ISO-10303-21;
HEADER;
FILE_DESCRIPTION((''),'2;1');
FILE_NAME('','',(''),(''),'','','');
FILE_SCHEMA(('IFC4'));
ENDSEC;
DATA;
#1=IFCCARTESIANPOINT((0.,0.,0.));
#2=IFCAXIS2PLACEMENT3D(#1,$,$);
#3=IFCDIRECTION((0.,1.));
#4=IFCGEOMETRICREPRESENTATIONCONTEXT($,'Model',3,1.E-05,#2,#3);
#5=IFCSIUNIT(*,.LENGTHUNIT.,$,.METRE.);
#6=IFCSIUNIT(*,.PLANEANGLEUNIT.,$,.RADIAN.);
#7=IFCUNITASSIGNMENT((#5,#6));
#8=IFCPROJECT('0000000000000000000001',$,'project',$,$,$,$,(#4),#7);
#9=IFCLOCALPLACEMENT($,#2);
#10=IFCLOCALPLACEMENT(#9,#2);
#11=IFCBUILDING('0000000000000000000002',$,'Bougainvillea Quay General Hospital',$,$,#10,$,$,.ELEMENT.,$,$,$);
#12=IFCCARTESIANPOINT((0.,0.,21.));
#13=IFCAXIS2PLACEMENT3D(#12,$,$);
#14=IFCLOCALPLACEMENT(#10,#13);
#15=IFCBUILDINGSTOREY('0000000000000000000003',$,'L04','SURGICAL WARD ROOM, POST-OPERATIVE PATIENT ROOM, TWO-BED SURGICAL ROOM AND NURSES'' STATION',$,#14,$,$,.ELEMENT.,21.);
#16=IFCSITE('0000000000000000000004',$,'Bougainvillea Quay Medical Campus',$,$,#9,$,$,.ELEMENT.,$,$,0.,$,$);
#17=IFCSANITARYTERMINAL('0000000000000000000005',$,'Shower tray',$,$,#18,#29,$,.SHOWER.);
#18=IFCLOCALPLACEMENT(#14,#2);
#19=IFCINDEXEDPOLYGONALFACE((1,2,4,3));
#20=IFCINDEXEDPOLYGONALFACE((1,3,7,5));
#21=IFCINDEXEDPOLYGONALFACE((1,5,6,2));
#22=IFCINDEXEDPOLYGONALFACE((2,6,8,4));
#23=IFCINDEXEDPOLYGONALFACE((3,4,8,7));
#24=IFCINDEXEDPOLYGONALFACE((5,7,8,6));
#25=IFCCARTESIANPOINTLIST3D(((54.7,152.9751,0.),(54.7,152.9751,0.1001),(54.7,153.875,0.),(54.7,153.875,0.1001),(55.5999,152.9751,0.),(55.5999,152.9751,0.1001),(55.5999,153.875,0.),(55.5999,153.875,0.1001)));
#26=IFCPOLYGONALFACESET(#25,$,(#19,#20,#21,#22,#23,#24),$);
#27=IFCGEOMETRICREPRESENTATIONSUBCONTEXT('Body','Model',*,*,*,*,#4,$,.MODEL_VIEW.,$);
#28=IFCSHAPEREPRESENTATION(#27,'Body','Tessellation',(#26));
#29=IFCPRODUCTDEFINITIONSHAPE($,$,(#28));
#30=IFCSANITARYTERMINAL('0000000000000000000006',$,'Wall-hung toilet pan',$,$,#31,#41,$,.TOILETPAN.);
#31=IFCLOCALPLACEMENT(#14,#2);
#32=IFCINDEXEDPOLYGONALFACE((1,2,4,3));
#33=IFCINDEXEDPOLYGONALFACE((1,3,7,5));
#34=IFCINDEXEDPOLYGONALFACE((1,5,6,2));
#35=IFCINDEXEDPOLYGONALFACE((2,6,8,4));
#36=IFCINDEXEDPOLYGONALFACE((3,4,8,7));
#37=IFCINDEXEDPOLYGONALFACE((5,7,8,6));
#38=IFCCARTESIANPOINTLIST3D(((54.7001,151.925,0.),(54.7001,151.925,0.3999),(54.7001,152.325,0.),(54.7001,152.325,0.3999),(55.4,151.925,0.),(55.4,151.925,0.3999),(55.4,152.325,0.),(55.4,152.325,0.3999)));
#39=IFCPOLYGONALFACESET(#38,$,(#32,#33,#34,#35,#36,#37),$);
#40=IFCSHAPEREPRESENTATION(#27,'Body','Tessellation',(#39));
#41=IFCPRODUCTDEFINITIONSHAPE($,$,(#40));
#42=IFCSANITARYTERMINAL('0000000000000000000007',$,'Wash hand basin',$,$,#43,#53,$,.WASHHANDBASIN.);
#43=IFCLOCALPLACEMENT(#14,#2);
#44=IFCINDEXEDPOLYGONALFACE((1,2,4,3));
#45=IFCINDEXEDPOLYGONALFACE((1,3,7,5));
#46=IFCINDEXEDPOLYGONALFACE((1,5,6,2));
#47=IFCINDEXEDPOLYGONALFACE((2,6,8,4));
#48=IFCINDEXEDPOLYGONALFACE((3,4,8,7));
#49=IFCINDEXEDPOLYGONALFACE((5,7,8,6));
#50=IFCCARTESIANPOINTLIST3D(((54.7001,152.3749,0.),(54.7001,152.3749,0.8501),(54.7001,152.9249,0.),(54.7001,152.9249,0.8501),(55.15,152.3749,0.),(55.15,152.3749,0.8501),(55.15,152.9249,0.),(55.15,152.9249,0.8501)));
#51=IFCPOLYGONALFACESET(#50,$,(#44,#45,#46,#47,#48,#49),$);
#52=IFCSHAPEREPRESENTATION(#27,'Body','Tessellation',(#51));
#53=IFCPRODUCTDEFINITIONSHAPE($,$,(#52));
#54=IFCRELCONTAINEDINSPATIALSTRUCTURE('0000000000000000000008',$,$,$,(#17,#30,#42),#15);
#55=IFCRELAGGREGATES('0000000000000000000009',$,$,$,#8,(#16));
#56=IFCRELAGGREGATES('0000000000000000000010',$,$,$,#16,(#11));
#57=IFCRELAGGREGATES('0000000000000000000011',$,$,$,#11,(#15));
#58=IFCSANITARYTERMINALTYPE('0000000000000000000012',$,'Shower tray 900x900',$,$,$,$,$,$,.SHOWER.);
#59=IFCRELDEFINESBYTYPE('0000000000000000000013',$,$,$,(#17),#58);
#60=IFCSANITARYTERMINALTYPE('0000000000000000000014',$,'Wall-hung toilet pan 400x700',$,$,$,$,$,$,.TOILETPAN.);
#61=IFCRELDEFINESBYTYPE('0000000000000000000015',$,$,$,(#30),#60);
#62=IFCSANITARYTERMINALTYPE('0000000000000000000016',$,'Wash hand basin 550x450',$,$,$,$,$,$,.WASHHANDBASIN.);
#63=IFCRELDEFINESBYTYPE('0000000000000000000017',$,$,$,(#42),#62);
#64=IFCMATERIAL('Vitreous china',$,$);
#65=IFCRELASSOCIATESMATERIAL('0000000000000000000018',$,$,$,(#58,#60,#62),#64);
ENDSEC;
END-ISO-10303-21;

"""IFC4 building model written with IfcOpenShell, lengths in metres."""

from ifc_helpers import new_model, si_unit, direction, frame, origin, origin_2d, place, context, subcontext, project, spatial, rectangle, extrude, material, type_object, element, save


model = new_model("IFC4")

# Units and contexts
model_context = context("Model", 3, precision=1e-05, world=origin(), true_north=direction((0.0, 1.0)))
body_context = subcontext(model_context, "Body", "Model", "MODEL_VIEW")
ifc_project = project(units=[si_unit("LENGTHUNIT", "METRE"), si_unit("PLANEANGLEUNIT", "RADIAN")], contexts=[model_context])

# Site, building, storey
site_placement = place(None, origin())
site = spatial("IfcSite", under=ifc_project, at=site_placement, Name="Bougainvillea Quay Medical Campus", CompositionType="ELEMENT", RefElevation=0.0)
building_placement = place(site_placement, origin())
building = spatial("IfcBuilding", under=site, at=building_placement, Name="Bougainvillea Quay General Hospital", CompositionType="ELEMENT")
storey_placement = place(building_placement, frame((0.0, 0.0, 21.0)))
storey = spatial("IfcBuildingStorey", under=building, at=storey_placement, Name="L04", Description="SURGICAL WARD ROOM, POST-OPERATIVE PATIENT ROOM, TWO-BED SURGICAL ROOM AND NURSES' STATION", CompositionType="ELEMENT", Elevation=21.0)

# Sanitary terminals
ifc_material_1 = material(Name="Vitreous china")
sanitary_terminal_type_1 = type_object("IfcSanitaryTerminalType", Name="Shower tray 900x900", PredefinedType="SHOWER", material=ifc_material_1)
sanitary_terminal_1_placement = place(storey_placement, frame((55.1499, 153.425, 0.0), z_axis=(0.0, 0.0, 1.0), x_axis=(0.0, 1.0, 0.0)))
element("IfcSanitaryTerminal", 1, at=sanitary_terminal_1_placement, inside=storey, type_object=sanitary_terminal_type_1, Name="Shower tray", PredefinedType="SHOWER", context=body_context, shape_type="SweptSolid", body=[
    extrude(rectangle(XDim=0.8999, YDim=0.8999, at=origin_2d()), origin(), (0.0, 0.0, 1.0), 0.1001),
])
sanitary_terminal_type_2 = type_object("IfcSanitaryTerminalType", Name="Wall-hung toilet pan 400x700", PredefinedType="TOILETPAN", material=ifc_material_1)
sanitary_terminal_2_placement = place(storey_placement, frame((55.05, 152.125, 0.0), z_axis=(0.0, 0.0, 1.0), x_axis=(0.0, 1.0, 0.0)))
element("IfcSanitaryTerminal", 2, at=sanitary_terminal_2_placement, inside=storey, type_object=sanitary_terminal_type_2, Name="Wall-hung toilet pan", PredefinedType="TOILETPAN", context=body_context, shape_type="SweptSolid", body=[
    extrude(rectangle(XDim=0.3999, YDim=0.7, at=origin_2d()), origin(), (0.0, 0.0, 1.0), 0.3999),
])
sanitary_terminal_type_3 = type_object("IfcSanitaryTerminalType", Name="Wash hand basin 550x450", PredefinedType="WASHHANDBASIN", material=ifc_material_1)
sanitary_terminal_3_placement = place(storey_placement, frame((54.925, 152.6499, 0.0), z_axis=(0.0, 0.0, 1.0), x_axis=(0.0, 1.0, 0.0)))
element("IfcSanitaryTerminal", 3, at=sanitary_terminal_3_placement, inside=storey, type_object=sanitary_terminal_type_3, Name="Wash hand basin", PredefinedType="WASHHANDBASIN", context=body_context, shape_type="SweptSolid", body=[
    extrude(rectangle(XDim=0.55, YDim=0.45, at=origin_2d()), origin(), (0.0, 0.0, 1.0), 0.8501),
])

save(model, "model.ifc")
